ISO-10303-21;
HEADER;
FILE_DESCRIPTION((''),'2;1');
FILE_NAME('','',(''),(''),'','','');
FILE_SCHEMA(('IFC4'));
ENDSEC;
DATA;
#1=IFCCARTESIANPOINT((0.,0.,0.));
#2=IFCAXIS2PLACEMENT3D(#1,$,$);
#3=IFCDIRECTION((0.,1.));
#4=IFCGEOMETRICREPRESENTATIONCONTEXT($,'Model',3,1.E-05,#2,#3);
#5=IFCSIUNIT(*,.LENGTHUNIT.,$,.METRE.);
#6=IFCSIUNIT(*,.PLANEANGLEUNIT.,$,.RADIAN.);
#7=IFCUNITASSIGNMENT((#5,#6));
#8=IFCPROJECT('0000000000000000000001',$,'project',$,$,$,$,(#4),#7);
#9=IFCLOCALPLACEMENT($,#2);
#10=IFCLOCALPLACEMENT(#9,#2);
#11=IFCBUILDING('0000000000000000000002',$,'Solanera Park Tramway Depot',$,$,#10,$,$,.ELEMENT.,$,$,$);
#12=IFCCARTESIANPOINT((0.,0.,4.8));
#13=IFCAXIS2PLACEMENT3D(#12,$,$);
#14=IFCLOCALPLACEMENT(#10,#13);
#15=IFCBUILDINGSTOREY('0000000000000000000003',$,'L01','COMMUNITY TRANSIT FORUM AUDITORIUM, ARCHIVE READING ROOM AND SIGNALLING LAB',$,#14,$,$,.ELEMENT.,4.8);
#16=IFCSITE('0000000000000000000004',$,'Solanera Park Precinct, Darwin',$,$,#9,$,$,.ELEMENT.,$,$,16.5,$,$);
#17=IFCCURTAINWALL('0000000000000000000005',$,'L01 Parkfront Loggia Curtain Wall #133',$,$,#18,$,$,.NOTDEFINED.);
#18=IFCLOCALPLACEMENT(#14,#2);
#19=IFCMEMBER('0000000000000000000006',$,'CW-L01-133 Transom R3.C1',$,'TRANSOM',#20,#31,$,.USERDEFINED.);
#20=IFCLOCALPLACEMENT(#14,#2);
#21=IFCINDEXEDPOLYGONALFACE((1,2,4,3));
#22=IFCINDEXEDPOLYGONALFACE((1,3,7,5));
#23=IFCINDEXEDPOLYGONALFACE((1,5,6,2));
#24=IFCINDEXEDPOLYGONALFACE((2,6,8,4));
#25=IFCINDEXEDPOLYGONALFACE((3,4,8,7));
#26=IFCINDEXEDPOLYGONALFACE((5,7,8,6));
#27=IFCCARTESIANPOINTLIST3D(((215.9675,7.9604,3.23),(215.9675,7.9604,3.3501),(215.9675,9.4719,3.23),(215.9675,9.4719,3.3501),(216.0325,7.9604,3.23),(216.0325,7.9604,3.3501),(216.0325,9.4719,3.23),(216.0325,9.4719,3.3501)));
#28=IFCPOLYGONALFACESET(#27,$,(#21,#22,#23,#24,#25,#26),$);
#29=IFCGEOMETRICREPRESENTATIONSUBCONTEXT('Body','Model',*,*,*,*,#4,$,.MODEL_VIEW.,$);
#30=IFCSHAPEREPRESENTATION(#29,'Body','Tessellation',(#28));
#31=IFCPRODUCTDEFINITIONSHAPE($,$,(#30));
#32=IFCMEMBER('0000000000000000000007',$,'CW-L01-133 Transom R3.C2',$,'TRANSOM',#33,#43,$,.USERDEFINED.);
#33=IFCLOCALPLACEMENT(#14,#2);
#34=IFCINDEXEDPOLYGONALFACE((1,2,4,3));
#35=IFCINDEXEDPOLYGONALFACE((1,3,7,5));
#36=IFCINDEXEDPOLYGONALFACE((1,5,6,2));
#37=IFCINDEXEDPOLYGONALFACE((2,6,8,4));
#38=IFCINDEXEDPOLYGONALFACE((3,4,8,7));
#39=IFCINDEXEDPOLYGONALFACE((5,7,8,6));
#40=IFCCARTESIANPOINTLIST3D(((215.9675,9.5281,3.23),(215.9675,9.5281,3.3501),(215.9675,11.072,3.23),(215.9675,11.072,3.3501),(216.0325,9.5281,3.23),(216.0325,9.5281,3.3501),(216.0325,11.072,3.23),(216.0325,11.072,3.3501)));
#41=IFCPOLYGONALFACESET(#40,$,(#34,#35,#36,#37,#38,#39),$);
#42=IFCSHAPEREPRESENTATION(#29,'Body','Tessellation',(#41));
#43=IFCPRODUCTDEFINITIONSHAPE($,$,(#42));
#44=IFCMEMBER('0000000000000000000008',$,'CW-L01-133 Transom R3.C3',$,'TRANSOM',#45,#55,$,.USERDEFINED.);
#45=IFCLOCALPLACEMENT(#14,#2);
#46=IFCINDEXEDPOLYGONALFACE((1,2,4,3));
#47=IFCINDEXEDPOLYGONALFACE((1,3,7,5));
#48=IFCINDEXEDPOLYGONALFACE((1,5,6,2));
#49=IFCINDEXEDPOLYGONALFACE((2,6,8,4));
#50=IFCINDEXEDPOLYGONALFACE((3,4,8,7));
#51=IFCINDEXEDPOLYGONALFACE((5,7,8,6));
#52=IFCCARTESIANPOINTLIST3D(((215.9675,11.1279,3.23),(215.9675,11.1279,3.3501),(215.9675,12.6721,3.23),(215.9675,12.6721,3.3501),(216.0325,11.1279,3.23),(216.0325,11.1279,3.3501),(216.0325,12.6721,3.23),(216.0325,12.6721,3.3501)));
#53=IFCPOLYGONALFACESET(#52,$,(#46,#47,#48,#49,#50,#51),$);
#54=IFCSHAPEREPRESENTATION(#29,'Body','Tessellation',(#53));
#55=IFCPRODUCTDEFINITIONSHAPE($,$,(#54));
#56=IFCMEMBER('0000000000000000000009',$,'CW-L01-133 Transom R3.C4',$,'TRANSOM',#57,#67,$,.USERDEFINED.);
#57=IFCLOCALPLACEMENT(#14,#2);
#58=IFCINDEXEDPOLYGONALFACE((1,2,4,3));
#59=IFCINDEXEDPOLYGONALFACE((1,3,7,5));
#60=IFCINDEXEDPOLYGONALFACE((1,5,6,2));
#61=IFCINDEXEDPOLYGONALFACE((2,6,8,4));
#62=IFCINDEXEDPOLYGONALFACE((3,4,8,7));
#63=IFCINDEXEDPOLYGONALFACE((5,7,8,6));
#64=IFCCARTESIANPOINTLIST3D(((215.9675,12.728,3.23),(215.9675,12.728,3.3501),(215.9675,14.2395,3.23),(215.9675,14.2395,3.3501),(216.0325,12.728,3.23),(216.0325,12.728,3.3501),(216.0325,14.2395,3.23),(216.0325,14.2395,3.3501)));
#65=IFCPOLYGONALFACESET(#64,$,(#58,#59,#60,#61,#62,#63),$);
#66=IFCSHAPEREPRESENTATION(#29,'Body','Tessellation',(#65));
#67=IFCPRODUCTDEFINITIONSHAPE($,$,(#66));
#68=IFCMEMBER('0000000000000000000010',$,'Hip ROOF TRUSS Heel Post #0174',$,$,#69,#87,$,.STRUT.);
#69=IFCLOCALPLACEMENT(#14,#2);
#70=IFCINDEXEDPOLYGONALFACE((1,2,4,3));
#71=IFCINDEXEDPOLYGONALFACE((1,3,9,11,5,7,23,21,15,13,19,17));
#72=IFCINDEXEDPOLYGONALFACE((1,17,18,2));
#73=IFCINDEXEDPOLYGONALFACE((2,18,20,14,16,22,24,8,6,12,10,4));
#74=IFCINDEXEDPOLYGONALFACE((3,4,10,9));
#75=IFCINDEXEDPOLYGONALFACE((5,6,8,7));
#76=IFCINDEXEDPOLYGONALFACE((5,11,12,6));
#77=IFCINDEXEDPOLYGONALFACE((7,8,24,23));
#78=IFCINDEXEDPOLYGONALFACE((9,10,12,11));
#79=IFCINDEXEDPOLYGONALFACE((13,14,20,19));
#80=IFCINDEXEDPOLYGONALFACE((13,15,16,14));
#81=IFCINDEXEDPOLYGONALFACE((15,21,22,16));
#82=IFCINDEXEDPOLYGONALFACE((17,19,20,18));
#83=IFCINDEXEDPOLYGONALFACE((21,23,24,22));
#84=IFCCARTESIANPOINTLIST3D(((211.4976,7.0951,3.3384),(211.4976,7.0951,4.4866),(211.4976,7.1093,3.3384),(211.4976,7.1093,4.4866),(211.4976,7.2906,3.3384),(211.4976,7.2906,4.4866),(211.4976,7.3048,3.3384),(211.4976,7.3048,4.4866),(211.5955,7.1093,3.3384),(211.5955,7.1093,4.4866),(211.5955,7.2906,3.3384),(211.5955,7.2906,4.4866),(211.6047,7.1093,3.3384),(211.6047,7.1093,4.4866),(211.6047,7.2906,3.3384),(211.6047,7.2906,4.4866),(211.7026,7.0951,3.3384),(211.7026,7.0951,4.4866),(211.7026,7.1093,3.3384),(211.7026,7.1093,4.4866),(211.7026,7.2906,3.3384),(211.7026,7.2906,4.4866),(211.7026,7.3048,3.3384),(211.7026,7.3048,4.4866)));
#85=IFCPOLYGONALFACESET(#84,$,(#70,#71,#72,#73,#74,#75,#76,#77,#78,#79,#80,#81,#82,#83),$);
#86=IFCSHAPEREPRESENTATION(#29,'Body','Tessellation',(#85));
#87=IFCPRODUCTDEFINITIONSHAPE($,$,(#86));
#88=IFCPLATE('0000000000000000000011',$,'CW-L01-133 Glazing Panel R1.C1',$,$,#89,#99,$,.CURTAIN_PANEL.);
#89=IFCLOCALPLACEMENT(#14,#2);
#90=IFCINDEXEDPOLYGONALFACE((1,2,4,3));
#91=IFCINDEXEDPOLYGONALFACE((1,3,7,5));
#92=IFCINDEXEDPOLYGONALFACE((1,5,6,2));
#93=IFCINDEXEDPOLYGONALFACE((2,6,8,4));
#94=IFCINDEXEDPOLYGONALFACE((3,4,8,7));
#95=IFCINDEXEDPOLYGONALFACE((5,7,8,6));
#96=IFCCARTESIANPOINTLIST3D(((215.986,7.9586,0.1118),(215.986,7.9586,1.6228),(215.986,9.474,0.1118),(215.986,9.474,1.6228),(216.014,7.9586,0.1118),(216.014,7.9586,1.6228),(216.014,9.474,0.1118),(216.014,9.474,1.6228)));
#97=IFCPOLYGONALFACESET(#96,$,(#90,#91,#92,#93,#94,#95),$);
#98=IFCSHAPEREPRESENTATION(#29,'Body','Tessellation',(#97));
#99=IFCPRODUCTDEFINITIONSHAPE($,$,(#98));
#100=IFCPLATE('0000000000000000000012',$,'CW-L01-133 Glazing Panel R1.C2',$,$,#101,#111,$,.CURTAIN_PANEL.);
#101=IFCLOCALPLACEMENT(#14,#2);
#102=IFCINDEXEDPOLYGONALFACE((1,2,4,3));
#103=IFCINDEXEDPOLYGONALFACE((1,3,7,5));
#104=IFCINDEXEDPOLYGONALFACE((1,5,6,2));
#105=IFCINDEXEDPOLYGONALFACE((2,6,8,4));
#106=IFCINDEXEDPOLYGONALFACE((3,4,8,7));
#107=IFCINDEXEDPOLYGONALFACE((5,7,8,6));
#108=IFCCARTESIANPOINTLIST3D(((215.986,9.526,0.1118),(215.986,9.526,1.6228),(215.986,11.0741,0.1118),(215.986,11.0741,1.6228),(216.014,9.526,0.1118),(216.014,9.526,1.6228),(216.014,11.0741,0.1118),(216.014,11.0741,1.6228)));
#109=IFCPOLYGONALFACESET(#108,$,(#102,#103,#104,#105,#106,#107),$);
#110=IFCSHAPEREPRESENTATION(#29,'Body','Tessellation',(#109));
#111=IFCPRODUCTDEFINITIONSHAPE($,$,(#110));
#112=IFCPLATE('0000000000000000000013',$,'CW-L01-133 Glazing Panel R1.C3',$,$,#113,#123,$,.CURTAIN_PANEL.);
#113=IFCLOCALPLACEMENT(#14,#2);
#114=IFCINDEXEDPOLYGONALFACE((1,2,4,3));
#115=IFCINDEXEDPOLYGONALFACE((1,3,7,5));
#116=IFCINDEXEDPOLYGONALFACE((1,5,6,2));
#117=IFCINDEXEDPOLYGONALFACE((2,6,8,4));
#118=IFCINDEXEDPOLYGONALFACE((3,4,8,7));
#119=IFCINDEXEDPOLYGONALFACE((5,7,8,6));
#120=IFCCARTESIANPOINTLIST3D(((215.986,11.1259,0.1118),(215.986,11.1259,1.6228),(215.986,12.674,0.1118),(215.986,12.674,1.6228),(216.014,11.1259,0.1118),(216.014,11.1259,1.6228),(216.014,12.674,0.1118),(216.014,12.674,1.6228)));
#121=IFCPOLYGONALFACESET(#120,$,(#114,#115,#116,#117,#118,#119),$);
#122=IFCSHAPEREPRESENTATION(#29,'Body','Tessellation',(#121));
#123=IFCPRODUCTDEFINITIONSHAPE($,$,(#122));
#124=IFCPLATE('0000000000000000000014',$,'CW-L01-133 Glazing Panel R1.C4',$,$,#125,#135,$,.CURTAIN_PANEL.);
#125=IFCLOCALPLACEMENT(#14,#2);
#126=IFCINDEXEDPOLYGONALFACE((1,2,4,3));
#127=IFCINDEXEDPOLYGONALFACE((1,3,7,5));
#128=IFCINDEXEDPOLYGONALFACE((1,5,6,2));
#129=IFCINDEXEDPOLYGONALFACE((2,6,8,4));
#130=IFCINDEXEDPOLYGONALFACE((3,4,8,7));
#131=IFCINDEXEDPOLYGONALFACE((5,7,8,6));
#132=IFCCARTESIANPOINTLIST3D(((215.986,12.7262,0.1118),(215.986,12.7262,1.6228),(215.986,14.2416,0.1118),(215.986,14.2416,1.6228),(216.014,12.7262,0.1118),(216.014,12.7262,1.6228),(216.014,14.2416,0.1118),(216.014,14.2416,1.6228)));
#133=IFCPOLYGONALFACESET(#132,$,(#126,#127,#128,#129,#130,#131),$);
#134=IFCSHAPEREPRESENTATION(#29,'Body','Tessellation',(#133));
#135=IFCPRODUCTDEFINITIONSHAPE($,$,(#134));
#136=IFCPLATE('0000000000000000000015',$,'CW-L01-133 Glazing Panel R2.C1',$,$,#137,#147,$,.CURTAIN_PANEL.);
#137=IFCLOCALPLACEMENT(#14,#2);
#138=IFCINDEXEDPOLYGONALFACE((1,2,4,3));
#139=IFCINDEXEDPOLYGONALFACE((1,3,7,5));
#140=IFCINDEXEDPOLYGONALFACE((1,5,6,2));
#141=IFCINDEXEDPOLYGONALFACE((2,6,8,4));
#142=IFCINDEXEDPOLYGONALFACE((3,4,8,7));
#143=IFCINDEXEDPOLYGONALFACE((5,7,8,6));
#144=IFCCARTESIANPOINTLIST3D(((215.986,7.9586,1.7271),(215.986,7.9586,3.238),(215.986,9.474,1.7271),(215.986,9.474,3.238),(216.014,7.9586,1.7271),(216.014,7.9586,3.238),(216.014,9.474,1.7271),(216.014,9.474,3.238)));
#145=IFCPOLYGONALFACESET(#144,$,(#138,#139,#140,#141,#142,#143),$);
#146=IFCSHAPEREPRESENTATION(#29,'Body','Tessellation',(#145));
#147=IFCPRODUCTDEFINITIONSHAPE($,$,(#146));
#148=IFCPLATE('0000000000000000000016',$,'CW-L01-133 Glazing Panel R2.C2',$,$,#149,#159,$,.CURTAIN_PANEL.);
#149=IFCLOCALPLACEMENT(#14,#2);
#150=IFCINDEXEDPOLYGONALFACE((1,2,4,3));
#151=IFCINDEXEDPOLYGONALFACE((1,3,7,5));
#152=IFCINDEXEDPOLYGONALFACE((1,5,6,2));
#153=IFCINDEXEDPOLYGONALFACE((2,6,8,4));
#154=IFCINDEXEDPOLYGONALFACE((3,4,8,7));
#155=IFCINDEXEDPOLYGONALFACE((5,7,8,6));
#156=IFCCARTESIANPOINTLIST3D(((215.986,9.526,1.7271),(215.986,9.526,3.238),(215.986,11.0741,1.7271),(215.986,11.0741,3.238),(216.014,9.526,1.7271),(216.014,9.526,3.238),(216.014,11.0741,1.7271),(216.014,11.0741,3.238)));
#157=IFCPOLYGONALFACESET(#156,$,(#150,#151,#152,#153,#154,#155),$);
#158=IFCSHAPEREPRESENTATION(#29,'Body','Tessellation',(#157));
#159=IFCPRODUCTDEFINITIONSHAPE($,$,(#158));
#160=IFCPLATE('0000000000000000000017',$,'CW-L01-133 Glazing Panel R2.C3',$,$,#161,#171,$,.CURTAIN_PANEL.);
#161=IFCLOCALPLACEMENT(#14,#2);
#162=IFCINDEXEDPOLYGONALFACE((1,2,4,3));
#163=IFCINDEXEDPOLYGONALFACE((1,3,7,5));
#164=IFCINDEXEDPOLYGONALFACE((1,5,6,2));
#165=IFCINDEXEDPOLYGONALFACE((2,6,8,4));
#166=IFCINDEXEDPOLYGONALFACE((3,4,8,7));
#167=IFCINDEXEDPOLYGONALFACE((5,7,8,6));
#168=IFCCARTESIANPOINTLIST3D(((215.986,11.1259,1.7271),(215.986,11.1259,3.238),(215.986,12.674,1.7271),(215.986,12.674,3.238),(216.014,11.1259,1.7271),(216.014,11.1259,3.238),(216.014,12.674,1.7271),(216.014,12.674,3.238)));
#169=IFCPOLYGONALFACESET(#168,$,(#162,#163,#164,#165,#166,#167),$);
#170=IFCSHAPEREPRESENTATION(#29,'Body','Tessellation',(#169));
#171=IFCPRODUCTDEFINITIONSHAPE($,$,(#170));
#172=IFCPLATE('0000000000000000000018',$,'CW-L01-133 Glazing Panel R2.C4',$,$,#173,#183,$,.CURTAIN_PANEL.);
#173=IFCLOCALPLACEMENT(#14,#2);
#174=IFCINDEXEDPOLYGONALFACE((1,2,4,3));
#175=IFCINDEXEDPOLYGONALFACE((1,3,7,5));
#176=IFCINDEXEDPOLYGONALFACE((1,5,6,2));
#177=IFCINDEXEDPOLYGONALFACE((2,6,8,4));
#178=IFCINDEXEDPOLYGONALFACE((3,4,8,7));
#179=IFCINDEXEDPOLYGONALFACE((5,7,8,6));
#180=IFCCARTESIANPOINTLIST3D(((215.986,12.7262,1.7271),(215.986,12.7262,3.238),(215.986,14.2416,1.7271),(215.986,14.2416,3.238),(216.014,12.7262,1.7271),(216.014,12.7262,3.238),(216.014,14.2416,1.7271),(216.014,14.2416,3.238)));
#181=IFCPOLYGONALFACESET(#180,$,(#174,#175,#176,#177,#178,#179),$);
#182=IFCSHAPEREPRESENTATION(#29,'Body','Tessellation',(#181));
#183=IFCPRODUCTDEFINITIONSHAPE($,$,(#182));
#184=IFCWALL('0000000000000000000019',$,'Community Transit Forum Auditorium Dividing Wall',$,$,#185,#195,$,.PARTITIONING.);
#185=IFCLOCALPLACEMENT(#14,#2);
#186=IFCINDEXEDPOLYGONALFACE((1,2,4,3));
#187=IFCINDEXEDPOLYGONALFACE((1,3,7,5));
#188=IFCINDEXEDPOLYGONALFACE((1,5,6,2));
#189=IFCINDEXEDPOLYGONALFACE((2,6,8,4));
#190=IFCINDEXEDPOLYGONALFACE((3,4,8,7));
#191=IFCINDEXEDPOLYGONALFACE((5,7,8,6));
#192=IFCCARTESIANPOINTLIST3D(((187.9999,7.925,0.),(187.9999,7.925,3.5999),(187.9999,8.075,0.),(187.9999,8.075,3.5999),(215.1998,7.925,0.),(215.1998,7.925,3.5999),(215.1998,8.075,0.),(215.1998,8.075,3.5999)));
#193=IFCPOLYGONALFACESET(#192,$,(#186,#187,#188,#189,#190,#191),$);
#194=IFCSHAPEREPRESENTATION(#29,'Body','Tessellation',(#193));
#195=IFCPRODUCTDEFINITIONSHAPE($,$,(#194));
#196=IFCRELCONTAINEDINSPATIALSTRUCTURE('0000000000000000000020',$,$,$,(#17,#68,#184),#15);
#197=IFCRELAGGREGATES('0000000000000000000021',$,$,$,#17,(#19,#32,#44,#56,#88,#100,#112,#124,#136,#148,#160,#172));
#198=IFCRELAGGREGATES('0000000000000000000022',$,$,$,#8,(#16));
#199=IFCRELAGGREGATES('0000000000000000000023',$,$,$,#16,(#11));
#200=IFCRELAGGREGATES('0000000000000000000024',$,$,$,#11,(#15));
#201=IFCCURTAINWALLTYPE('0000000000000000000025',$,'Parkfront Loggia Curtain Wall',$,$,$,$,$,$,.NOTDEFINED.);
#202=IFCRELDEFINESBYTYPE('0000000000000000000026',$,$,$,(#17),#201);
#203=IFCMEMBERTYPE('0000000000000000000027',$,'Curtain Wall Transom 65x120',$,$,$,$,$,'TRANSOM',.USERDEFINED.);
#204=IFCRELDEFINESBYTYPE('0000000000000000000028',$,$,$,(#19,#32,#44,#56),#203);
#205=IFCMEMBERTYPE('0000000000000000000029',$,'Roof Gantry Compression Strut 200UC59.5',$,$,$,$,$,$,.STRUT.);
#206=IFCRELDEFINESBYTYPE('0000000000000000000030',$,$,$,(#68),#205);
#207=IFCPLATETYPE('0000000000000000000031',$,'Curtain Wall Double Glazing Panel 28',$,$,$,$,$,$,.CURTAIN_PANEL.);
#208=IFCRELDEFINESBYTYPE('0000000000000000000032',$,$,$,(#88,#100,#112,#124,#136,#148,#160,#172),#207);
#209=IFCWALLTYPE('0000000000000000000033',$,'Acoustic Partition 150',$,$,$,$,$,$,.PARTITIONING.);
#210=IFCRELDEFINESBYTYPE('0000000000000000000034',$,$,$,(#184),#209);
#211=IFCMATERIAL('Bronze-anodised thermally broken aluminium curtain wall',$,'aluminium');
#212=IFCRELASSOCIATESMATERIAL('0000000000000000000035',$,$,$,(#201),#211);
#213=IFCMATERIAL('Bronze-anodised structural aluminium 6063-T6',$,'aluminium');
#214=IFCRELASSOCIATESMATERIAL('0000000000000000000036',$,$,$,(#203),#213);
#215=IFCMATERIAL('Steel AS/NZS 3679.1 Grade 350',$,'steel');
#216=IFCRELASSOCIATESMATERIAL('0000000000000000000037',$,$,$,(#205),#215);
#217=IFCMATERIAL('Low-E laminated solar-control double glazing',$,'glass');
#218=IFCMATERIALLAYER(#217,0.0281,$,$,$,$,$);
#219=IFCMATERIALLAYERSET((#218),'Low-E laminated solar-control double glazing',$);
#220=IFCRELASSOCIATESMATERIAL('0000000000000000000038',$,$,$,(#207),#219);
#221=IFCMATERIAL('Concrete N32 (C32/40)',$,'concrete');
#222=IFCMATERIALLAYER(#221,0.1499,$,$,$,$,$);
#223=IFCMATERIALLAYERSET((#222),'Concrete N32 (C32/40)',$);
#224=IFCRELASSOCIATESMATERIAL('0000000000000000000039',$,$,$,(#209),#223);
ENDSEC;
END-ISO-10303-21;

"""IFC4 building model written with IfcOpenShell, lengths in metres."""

from ifc_helpers import new_model, si_unit, direction, frame, frame_2d, origin, origin_2d, place, context, subcontext, project, spatial, rectangle, i_section, extrude, material, layer, layer_set, material_profile, profile_set, type_object, element, aggregate, save


model = new_model("IFC4")

# Units and contexts
model_context = context("Model", 3, precision=1e-05, world=origin(), true_north=direction((0.0, 1.0)))
body_context = subcontext(model_context, "Body", "Model", "MODEL_VIEW")
ifc_project = project(units=[si_unit("LENGTHUNIT", "METRE"), si_unit("PLANEANGLEUNIT", "RADIAN")], contexts=[model_context])

# Site, building, storey
site_placement = place(None, origin())
site = spatial("IfcSite", under=ifc_project, at=site_placement, Name="Solanera Park Precinct, Darwin", CompositionType="ELEMENT", RefElevation=16.5)
building_placement = place(site_placement, origin())
building = spatial("IfcBuilding", under=site, at=building_placement, Name="Solanera Park Tramway Depot", CompositionType="ELEMENT")
storey_placement = place(building_placement, frame((0.0, 0.0, 4.8)))
storey = spatial("IfcBuildingStorey", under=building, at=storey_placement, Name="L01", Description="COMMUNITY TRANSIT FORUM AUDITORIUM, ARCHIVE READING ROOM AND SIGNALLING LAB", CompositionType="ELEMENT", Elevation=4.8)

# Curtain wall, members
ifc_material_1 = material(Name="Bronze-anodised thermally broken aluminium curtain wall", Category="aluminium")
curtain_wall_type = type_object("IfcCurtainWallType", Name="Parkfront Loggia Curtain Wall", PredefinedType="NOTDEFINED", material=ifc_material_1)
curtain_wall_placement = place(storey_placement, origin())
curtain_wall = element("IfcCurtainWall", 1, at=curtain_wall_placement, inside=storey, type_object=curtain_wall_type, Name="L01 Parkfront Loggia Curtain Wall #133", PredefinedType="NOTDEFINED")
ifc_material_2 = material(Name="Bronze-anodised structural aluminium 6063-T6", Category="aluminium")
ifc_material_profile_1 = material_profile(ifc_material_2, rectangle(XDim=0.0649, YDim=0.1201, at=origin_2d()), Name="Curtain Wall Transom 65x120")
ifc_profile_set_1 = profile_set([ifc_material_profile_1], Name="Bronze-anodised structural aluminium 6063-T6")
member_type_1 = type_object("IfcMemberType", Name="Curtain Wall Transom 65x120", ElementType="TRANSOM", PredefinedType="USERDEFINED", material=ifc_profile_set_1)
member_1_placement = place(storey_placement, frame((216.0, 7.9604, 3.29), z_axis=(0.0, 1.0, 0.0), x_axis=(-1.0, 0.0, 0.0)))
member_1 = element("IfcMember", 2, at=member_1_placement, type_object=member_type_1, Name="CW-L01-133 Transom R3.C1", ObjectType="TRANSOM", PredefinedType="USERDEFINED", context=body_context, shape_type="SweptSolid", body=[
    extrude(rectangle(XDim=0.0649, YDim=0.1201, at=origin_2d()), origin(), (0.0, 0.0, 1.0), 1.5115),
])
member_2_placement = place(storey_placement, frame((216.0, 9.5281, 3.29), z_axis=(0.0, 1.0, 0.0), x_axis=(-1.0, 0.0, 0.0)))
member_2 = element("IfcMember", 3, at=member_2_placement, type_object=member_type_1, Name="CW-L01-133 Transom R3.C2", ObjectType="TRANSOM", PredefinedType="USERDEFINED", context=body_context, shape_type="SweptSolid", body=[
    extrude(rectangle(XDim=0.0649, YDim=0.1201, at=origin_2d()), origin(), (0.0, 0.0, 1.0), 1.5439),
])
member_3_placement = place(storey_placement, frame((216.0, 11.1279, 3.29), z_axis=(0.0, 1.0, 0.0), x_axis=(-1.0, 0.0, 0.0)))
member_3 = element("IfcMember", 4, at=member_3_placement, type_object=member_type_1, Name="CW-L01-133 Transom R3.C3", ObjectType="TRANSOM", PredefinedType="USERDEFINED", context=body_context, shape_type="SweptSolid", body=[
    extrude(rectangle(XDim=0.0649, YDim=0.1201, at=origin_2d()), origin(), (0.0, 0.0, 1.0), 1.5442),
])
member_4_placement = place(storey_placement, frame((216.0, 12.728, 3.29), z_axis=(0.0, 1.0, 0.0), x_axis=(-1.0, 0.0, 0.0)))
member_4 = element("IfcMember", 5, at=member_4_placement, type_object=member_type_1, Name="CW-L01-133 Transom R3.C4", ObjectType="TRANSOM", PredefinedType="USERDEFINED", context=body_context, shape_type="SweptSolid", body=[
    extrude(rectangle(XDim=0.0649, YDim=0.1201, at=origin_2d()), origin(), (0.0, 0.0, 1.0), 1.5115),
])

# Member
ifc_material_3 = material(Name="Steel AS/NZS 3679.1 Grade 350", Category="steel")
ifc_material_profile_2 = material_profile(ifc_material_3, i_section(OverallWidth=0.2051, OverallDepth=0.2097, WebThickness=0.0093, FlangeThickness=0.0142, at=origin_2d()), Name="200UC59.5")
ifc_profile_set_2 = profile_set([ifc_material_profile_2], Name="Steel AS/NZS 3679.1 Grade 350")
member_type_2 = type_object("IfcMemberType", Name="Roof Gantry Compression Strut 200UC59.5", PredefinedType="STRUT", material=ifc_profile_set_2)
member_5_placement = place(storey_placement, frame((211.6001, 7.2, 3.3384), z_axis=(0.0, 0.0, 1.0), x_axis=(1.0, 0.0, 0.0)))
element("IfcMember", 6, at=member_5_placement, inside=storey, type_object=member_type_2, Name="Hip ROOF TRUSS Heel Post #0174", PredefinedType="STRUT", context=body_context, shape_type="SweptSolid", body=[
    extrude(i_section(OverallWidth=0.2051, OverallDepth=0.2097, WebThickness=0.0093, FlangeThickness=0.0142, at=origin_2d()), origin(), (0.0, 0.0, 1.0), 1.1482),
])

# Plates
ifc_material_4 = material(Name="Low-E laminated solar-control double glazing", Category="glass")
ifc_layer_1 = layer(ifc_material_4, 0.0281)
ifc_layer_set_1 = layer_set([ifc_layer_1], Name="Low-E laminated solar-control double glazing")
plate_type = type_object("IfcPlateType", Name="Curtain Wall Double Glazing Panel 28", PredefinedType="CURTAIN_PANEL", material=ifc_layer_set_1)
plate_1_placement = place(storey_placement, frame((216.0, 8.7163, 0.1118), z_axis=(0.0, 0.0, 1.0), x_axis=(0.0, 1.0, 0.0)))
plate_1 = element("IfcPlate", 7, at=plate_1_placement, type_object=plate_type, Name="CW-L01-133 Glazing Panel R1.C1", PredefinedType="CURTAIN_PANEL", context=body_context, shape_type="SweptSolid", body=[
    extrude(rectangle(XDim=1.5154, YDim=0.0281, at=origin_2d()), origin(), (0.0, 0.0, 1.0), 1.511),
])
plate_2_placement = place(storey_placement, frame((216.0, 10.3, 0.1118), z_axis=(0.0, 0.0, 1.0), x_axis=(0.0, 1.0, 0.0)))
plate_2 = element("IfcPlate", 8, at=plate_2_placement, type_object=plate_type, Name="CW-L01-133 Glazing Panel R1.C2", PredefinedType="CURTAIN_PANEL", context=body_context, shape_type="SweptSolid", body=[
    extrude(rectangle(XDim=1.5481, YDim=0.0281, at=origin_2d()), origin(), (0.0, 0.0, 1.0), 1.511),
])
plate_3_placement = place(storey_placement, frame((216.0, 11.8999, 0.1118), z_axis=(0.0, 0.0, 1.0), x_axis=(0.0, 1.0, 0.0)))
plate_3 = element("IfcPlate", 9, at=plate_3_placement, type_object=plate_type, Name="CW-L01-133 Glazing Panel R1.C3", PredefinedType="CURTAIN_PANEL", context=body_context, shape_type="SweptSolid", body=[
    extrude(rectangle(XDim=1.5481, YDim=0.0281, at=origin_2d()), origin(), (0.0, 0.0, 1.0), 1.511),
])
plate_4_placement = place(storey_placement, frame((216.0, 13.4839, 0.1118), z_axis=(0.0, 0.0, 1.0), x_axis=(0.0, 1.0, 0.0)))
plate_4 = element("IfcPlate", 10, at=plate_4_placement, type_object=plate_type, Name="CW-L01-133 Glazing Panel R1.C4", PredefinedType="CURTAIN_PANEL", context=body_context, shape_type="SweptSolid", body=[
    extrude(rectangle(XDim=1.5154, YDim=0.0281, at=origin_2d()), origin(), (0.0, 0.0, 1.0), 1.511),
])
plate_5_placement = place(storey_placement, frame((216.0, 8.7163, 1.7271), z_axis=(0.0, 0.0, 1.0), x_axis=(0.0, 1.0, 0.0)))
plate_5 = element("IfcPlate", 11, at=plate_5_placement, type_object=plate_type, Name="CW-L01-133 Glazing Panel R2.C1", PredefinedType="CURTAIN_PANEL", context=body_context, shape_type="SweptSolid", body=[
    extrude(rectangle(XDim=1.5154, YDim=0.0281, at=origin_2d()), origin(), (0.0, 0.0, 1.0), 1.511),
])
plate_6_placement = place(storey_placement, frame((216.0, 10.3, 1.7271), z_axis=(0.0, 0.0, 1.0), x_axis=(0.0, 1.0, 0.0)))
plate_6 = element("IfcPlate", 12, at=plate_6_placement, type_object=plate_type, Name="CW-L01-133 Glazing Panel R2.C2", PredefinedType="CURTAIN_PANEL", context=body_context, shape_type="SweptSolid", body=[
    extrude(rectangle(XDim=1.5481, YDim=0.0281, at=origin_2d()), origin(), (0.0, 0.0, 1.0), 1.511),
])
plate_7_placement = place(storey_placement, frame((216.0, 11.8999, 1.7271), z_axis=(0.0, 0.0, 1.0), x_axis=(0.0, 1.0, 0.0)))
plate_7 = element("IfcPlate", 13, at=plate_7_placement, type_object=plate_type, Name="CW-L01-133 Glazing Panel R2.C3", PredefinedType="CURTAIN_PANEL", context=body_context, shape_type="SweptSolid", body=[
    extrude(rectangle(XDim=1.5481, YDim=0.0281, at=origin_2d()), origin(), (0.0, 0.0, 1.0), 1.511),
])
plate_8_placement = place(storey_placement, frame((216.0, 13.4839, 1.7271), z_axis=(0.0, 0.0, 1.0), x_axis=(0.0, 1.0, 0.0)))
plate_8 = element("IfcPlate", 14, at=plate_8_placement, type_object=plate_type, Name="CW-L01-133 Glazing Panel R2.C4", PredefinedType="CURTAIN_PANEL", context=body_context, shape_type="SweptSolid", body=[
    extrude(rectangle(XDim=1.5154, YDim=0.0281, at=origin_2d()), origin(), (0.0, 0.0, 1.0), 1.511),
])
aggregate(curtain_wall, [member_1, member_2, member_3, member_4, plate_1, plate_2, plate_3, plate_4, plate_5, plate_6, plate_7, plate_8])

# Wall
ifc_material_5 = material(Name="Concrete N32 (C32/40)", Category="concrete")
ifc_layer_2 = layer(ifc_material_5, 0.1499)
ifc_layer_set_2 = layer_set([ifc_layer_2], Name="Concrete N32 (C32/40)")
wall_type = type_object("IfcWallType", Name="Acoustic Partition 150", PredefinedType="PARTITIONING", material=ifc_layer_set_2)
wall_1_placement = place(storey_placement, frame((215.2, 8.0, 0.0), z_axis=(0.0, 0.0, 1.0), x_axis=(-1.0, 0.0, 0.0)))
element("IfcWall", 15, at=wall_1_placement, inside=storey, type_object=wall_type, Name="Community Transit Forum Auditorium Dividing Wall", PredefinedType="PARTITIONING", context=body_context, shape_type="SweptSolid", body=[
    extrude(rectangle(XDim=27.2, YDim=0.1499, at=frame_2d((13.6001, 0.0))), origin(), (0.0, 0.0, 1.0), 3.5999),
])

save(model, "model.ifc")
